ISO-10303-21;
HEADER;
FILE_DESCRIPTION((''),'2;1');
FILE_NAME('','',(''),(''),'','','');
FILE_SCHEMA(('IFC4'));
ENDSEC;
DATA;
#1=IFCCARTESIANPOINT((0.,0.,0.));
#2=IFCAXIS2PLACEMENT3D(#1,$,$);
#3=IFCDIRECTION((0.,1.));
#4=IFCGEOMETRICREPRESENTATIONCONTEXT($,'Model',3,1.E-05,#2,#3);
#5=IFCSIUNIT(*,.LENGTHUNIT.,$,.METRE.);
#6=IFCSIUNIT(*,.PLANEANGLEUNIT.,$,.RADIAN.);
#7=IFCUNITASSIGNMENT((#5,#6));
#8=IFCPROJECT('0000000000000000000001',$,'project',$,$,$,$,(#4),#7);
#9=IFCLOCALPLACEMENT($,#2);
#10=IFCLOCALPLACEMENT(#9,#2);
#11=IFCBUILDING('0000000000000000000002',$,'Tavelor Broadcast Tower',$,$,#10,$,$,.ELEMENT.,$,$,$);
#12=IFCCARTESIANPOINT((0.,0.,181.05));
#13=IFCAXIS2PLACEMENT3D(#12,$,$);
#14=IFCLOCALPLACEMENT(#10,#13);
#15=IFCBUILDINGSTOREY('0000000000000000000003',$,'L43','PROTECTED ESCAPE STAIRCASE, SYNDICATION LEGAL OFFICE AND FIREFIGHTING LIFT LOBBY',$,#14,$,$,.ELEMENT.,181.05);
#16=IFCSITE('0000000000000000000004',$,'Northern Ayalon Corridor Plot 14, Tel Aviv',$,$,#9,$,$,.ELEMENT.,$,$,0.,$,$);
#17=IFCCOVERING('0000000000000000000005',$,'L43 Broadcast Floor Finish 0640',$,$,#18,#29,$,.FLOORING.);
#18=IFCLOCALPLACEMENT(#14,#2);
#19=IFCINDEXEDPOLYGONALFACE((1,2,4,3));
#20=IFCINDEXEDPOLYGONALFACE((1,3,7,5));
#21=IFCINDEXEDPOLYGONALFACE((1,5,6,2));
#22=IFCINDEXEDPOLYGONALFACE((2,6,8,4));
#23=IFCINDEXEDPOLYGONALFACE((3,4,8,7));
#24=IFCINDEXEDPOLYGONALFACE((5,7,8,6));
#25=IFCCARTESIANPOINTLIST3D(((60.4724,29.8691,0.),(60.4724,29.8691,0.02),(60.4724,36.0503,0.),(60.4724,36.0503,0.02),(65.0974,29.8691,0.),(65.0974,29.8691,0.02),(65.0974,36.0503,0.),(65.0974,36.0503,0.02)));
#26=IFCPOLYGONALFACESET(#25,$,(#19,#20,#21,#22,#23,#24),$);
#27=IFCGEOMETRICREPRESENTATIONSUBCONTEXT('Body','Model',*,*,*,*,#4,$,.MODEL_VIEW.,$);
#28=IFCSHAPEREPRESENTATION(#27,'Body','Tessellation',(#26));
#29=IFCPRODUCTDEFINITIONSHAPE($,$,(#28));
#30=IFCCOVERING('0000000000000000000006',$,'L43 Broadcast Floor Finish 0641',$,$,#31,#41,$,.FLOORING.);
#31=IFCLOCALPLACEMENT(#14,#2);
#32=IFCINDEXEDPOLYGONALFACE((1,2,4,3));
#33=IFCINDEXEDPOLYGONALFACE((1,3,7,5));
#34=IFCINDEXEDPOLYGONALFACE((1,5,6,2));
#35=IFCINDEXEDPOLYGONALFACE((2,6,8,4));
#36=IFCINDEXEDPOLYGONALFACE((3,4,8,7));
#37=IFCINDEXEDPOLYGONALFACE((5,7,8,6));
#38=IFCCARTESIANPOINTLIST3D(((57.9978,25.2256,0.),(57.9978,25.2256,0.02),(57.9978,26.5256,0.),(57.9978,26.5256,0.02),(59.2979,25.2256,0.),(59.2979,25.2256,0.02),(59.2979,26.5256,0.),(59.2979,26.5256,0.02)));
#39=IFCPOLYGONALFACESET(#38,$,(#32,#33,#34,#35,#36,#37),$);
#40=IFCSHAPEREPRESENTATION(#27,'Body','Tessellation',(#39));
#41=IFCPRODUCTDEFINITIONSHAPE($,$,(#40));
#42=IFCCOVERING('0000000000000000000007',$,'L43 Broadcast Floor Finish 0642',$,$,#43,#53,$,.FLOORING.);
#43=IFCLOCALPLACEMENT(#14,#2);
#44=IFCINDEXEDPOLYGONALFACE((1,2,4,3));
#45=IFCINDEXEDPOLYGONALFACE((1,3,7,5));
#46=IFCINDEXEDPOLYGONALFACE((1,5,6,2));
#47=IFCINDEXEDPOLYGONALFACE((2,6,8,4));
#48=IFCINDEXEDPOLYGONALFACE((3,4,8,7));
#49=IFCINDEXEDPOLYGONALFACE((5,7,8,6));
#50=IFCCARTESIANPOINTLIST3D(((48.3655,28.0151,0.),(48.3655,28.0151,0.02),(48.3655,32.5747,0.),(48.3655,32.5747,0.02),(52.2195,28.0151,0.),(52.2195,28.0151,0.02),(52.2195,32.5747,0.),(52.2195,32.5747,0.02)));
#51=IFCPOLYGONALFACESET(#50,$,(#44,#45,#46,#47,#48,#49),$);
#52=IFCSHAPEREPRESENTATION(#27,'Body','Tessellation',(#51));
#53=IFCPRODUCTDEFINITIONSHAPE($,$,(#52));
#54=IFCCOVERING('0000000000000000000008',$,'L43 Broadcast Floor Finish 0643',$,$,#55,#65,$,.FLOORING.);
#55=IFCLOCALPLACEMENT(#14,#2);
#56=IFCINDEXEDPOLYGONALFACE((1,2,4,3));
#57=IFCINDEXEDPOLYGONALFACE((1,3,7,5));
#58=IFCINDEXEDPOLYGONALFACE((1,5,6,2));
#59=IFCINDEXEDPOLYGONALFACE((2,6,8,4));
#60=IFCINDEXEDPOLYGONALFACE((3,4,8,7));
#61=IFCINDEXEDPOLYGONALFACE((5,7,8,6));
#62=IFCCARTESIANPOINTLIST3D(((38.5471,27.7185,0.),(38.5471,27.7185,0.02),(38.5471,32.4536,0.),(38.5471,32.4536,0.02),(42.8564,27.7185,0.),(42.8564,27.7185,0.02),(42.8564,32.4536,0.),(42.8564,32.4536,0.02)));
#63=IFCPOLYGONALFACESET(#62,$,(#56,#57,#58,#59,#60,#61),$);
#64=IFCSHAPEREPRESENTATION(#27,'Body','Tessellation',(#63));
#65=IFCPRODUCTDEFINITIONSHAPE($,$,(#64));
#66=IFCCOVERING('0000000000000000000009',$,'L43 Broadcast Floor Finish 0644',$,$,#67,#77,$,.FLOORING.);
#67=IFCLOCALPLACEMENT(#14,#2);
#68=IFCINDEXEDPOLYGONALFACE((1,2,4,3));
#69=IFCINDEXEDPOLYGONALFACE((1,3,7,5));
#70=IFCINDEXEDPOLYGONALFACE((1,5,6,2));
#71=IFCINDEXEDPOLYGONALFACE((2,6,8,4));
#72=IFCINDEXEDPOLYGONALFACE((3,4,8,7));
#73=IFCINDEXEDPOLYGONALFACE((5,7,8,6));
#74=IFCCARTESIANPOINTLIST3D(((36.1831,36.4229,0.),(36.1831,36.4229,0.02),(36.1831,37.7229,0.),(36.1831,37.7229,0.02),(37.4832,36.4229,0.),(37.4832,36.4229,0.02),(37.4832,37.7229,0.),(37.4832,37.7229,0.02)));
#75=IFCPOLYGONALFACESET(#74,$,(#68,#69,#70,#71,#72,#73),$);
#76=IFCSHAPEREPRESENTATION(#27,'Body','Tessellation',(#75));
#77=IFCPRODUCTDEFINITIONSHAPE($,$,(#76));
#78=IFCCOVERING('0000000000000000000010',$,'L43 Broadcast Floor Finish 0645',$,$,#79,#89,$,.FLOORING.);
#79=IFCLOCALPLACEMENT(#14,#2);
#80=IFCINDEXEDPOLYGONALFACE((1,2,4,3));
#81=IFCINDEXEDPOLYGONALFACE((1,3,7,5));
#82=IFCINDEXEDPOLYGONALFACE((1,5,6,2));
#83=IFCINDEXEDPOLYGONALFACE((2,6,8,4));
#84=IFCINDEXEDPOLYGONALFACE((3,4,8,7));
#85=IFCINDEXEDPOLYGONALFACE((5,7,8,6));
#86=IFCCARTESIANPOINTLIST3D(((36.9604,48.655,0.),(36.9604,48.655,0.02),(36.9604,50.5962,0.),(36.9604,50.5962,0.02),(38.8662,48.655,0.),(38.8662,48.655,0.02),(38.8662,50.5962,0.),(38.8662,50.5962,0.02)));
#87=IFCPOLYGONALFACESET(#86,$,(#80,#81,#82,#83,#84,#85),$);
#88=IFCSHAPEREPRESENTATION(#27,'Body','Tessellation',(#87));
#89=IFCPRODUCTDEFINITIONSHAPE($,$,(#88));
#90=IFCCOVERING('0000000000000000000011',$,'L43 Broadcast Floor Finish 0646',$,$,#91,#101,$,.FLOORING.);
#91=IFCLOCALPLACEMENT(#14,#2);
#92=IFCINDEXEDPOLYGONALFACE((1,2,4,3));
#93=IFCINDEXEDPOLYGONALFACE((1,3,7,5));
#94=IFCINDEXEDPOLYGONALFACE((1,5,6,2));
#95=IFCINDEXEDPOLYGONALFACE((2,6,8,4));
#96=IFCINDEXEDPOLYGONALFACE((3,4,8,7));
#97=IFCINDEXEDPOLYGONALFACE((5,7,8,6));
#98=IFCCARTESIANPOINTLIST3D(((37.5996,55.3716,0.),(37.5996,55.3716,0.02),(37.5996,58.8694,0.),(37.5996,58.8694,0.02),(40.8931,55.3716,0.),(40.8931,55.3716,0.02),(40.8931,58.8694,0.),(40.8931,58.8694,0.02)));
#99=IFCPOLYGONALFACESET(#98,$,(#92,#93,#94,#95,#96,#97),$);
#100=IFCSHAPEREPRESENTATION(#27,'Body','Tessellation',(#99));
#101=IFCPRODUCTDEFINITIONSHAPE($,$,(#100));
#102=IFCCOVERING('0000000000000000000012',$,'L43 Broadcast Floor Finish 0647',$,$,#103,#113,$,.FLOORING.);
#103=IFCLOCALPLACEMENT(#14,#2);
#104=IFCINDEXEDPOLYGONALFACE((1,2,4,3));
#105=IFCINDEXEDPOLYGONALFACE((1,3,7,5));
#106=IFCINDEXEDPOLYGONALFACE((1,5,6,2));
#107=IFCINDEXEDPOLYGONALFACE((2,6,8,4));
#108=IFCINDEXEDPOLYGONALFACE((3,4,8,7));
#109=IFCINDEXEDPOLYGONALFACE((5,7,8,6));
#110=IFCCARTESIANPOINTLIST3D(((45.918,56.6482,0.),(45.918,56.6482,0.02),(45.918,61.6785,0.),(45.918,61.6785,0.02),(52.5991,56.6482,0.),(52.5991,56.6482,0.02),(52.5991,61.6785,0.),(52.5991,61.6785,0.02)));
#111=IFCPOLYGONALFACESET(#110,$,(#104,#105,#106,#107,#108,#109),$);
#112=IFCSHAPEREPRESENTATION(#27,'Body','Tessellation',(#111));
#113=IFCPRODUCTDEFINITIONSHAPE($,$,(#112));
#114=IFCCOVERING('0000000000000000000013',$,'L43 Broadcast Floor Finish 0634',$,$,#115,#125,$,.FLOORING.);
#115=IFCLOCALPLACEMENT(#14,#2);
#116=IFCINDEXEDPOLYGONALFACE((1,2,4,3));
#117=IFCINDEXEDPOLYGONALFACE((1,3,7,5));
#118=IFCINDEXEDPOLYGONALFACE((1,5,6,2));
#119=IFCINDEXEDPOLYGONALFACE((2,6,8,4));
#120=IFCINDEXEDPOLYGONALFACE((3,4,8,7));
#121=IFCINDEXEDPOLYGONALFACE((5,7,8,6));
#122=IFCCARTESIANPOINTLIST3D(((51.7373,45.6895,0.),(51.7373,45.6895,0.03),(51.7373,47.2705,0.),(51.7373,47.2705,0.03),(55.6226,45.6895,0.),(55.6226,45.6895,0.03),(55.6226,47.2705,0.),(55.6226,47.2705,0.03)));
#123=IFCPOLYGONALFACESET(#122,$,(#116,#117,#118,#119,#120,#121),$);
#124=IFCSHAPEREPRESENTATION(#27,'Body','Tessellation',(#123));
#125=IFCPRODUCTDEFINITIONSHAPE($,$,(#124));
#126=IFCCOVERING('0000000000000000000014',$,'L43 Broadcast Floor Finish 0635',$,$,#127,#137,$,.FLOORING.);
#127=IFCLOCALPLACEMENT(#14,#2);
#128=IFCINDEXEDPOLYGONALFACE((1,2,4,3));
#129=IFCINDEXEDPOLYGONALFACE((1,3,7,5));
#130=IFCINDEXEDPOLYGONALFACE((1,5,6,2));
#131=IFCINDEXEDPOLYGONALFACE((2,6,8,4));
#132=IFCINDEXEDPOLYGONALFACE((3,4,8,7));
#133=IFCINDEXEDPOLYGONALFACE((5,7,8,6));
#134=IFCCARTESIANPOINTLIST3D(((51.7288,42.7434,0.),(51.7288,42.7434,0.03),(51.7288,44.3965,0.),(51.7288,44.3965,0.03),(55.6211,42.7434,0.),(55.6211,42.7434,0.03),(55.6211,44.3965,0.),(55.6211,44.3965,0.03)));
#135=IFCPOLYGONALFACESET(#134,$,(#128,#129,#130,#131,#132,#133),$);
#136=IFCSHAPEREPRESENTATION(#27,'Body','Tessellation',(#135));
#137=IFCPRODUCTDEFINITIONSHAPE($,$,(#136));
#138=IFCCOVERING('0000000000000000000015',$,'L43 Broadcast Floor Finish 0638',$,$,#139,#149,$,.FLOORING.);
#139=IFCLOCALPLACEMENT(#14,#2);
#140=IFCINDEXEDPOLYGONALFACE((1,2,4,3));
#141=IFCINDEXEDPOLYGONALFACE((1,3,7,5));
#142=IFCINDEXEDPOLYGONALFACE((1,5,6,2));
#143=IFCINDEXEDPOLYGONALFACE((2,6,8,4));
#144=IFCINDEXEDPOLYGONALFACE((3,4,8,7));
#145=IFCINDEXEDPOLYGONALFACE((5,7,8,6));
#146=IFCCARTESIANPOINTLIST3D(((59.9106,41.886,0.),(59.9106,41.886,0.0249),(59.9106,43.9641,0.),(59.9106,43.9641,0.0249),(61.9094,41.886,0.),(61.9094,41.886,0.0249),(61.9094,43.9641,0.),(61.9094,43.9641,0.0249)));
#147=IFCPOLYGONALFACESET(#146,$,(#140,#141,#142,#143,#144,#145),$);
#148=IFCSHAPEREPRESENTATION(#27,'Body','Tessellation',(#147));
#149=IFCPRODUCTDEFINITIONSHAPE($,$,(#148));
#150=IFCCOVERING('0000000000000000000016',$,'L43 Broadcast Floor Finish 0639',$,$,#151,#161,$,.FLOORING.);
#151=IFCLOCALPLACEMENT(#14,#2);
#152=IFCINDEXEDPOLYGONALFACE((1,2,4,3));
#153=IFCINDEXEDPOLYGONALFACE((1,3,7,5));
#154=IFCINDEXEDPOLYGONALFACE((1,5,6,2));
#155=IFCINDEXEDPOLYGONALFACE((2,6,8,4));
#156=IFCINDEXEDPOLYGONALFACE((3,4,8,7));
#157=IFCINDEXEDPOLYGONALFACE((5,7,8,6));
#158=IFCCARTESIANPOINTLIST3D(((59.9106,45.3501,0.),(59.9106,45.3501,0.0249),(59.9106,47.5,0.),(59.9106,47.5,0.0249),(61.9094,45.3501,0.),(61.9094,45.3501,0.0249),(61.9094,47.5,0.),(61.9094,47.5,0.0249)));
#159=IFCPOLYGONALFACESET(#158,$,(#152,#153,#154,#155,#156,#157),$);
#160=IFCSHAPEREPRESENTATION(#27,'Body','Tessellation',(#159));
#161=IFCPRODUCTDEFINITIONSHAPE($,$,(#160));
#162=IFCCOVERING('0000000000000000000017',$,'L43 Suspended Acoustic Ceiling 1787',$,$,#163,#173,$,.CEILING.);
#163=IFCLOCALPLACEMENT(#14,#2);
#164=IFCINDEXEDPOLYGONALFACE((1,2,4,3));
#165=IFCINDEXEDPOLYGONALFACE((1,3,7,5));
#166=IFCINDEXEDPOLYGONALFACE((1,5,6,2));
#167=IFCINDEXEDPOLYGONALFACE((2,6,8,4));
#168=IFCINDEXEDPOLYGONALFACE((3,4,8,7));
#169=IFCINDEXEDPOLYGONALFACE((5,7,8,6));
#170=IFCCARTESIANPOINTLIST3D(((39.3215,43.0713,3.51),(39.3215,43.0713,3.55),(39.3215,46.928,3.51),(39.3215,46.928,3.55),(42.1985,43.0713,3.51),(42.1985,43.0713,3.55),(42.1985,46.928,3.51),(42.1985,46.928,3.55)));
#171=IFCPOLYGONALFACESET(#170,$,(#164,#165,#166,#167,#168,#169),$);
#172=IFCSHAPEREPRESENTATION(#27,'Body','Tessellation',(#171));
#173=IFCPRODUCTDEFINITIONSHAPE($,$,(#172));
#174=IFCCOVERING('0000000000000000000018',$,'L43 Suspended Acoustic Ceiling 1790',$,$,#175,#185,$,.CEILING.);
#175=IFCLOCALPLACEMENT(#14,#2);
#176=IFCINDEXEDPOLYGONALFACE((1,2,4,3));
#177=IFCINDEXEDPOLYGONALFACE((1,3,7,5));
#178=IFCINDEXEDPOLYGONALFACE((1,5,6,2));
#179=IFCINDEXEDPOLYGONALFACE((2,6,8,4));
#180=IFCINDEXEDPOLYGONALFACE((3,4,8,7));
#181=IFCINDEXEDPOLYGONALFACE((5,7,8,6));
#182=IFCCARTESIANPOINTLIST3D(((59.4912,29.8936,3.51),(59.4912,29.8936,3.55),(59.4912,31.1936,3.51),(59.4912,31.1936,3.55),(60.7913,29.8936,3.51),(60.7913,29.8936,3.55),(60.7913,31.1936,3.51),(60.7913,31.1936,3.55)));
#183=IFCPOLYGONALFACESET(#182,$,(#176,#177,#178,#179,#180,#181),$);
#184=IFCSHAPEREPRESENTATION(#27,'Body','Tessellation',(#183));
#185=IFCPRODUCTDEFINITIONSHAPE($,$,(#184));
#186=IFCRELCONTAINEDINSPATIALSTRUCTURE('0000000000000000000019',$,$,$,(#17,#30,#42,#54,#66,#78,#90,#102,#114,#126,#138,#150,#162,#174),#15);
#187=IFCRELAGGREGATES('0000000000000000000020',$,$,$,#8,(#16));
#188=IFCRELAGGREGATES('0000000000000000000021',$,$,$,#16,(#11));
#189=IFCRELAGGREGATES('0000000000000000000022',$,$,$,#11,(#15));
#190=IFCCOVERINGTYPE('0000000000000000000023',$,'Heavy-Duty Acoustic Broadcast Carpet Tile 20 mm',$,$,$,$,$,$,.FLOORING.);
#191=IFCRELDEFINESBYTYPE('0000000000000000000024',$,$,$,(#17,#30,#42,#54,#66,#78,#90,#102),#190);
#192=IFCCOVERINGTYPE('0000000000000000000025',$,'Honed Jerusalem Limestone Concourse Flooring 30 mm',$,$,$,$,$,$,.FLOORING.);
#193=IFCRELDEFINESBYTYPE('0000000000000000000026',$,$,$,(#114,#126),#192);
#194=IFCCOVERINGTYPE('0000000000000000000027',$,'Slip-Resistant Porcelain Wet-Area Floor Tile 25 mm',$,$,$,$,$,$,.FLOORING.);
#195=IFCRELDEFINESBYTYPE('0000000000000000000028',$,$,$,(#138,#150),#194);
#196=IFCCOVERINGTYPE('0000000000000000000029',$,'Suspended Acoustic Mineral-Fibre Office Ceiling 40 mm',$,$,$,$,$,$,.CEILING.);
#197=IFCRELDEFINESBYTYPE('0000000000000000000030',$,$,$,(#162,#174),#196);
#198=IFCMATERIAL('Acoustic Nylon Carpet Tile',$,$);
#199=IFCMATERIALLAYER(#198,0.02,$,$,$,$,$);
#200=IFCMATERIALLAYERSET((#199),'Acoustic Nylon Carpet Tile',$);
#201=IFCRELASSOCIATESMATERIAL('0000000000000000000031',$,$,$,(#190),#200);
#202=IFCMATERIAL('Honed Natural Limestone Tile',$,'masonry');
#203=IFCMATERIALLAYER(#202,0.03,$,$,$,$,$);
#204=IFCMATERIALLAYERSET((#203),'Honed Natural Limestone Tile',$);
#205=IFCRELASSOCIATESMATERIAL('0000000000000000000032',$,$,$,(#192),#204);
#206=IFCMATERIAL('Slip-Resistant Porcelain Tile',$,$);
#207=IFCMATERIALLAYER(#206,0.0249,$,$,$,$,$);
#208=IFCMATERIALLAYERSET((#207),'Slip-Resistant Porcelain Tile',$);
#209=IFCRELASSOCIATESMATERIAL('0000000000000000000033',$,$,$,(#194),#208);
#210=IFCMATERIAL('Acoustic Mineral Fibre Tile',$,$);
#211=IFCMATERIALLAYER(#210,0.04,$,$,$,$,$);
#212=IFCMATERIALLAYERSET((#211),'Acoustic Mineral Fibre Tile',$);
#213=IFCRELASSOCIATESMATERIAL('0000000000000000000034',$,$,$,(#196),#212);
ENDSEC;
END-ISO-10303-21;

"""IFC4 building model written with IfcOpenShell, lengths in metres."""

from ifc_helpers import new_model, si_unit, direction, frame, origin, place, context, subcontext, project, spatial, polyline, outline, extrude, material, layer, layer_set, type_object, element, save


model = new_model("IFC4")

# Units and contexts
model_context = context("Model", 3, precision=1e-05, world=origin(), true_north=direction((0.0, 1.0)))
body_context = subcontext(model_context, "Body", "Model", "MODEL_VIEW")
ifc_project = project(units=[si_unit("LENGTHUNIT", "METRE"), si_unit("PLANEANGLEUNIT", "RADIAN")], contexts=[model_context])

# Site, building, storey
site_placement = place(None, origin())
site = spatial("IfcSite", under=ifc_project, at=site_placement, Name="Northern Ayalon Corridor Plot 14, Tel Aviv", CompositionType="ELEMENT", RefElevation=0.0)
building_placement = place(site_placement, origin())
building = spatial("IfcBuilding", under=site, at=building_placement, Name="Tavelor Broadcast Tower", CompositionType="ELEMENT")
storey_placement = place(building_placement, frame((0.0, 0.0, 181.05)))
storey = spatial("IfcBuildingStorey", under=building, at=storey_placement, Name="L43", Description="PROTECTED ESCAPE STAIRCASE, SYNDICATION LEGAL OFFICE AND FIREFIGHTING LIFT LOBBY", CompositionType="ELEMENT", Elevation=181.05)

# Coverings
ifc_material_1 = material(Name="Acoustic Nylon Carpet Tile")
ifc_layer_1 = layer(ifc_material_1, 0.02)
ifc_layer_set_1 = layer_set([ifc_layer_1], Name="Acoustic Nylon Carpet Tile")
covering_type_1 = type_object("IfcCoveringType", Name="Heavy-Duty Acoustic Broadcast Carpet Tile 20 mm", PredefinedType="FLOORING", material=ifc_layer_set_1)
covering_1_placement = place(storey_placement, origin())
element("IfcCovering", 1, at=covering_1_placement, inside=storey, type_object=covering_type_1, Name="L43 Broadcast Floor Finish 0640", PredefinedType="FLOORING", context=body_context, shape_type="SweptSolid", body=[
    extrude(outline(polyline([(60.4724, 29.8691), (65.0974, 29.8691), (65.0974, 36.0503), (60.4724, 36.0503), (60.4724, 29.8691)])), origin(), (0.0, 0.0, 1.0), 0.02),
])
covering_2_placement = place(storey_placement, origin())
element("IfcCovering", 2, at=covering_2_placement, inside=storey, type_object=covering_type_1, Name="L43 Broadcast Floor Finish 0641", PredefinedType="FLOORING", context=body_context, shape_type="SweptSolid", body=[
    extrude(outline(polyline([(57.9978, 25.2256), (59.2979, 25.2256), (59.2979, 26.5256), (57.9978, 26.5256), (57.9978, 25.2256)])), origin(), (0.0, 0.0, 1.0), 0.02),
])
covering_3_placement = place(storey_placement, origin())
element("IfcCovering", 3, at=covering_3_placement, inside=storey, type_object=covering_type_1, Name="L43 Broadcast Floor Finish 0642", PredefinedType="FLOORING", context=body_context, shape_type="SweptSolid", body=[
    extrude(outline(polyline([(48.3655, 28.0151), (52.2195, 28.0151), (52.2195, 32.5747), (48.3655, 32.5747), (48.3655, 28.0151)])), origin(), (0.0, 0.0, 1.0), 0.02),
])
covering_4_placement = place(storey_placement, origin())
element("IfcCovering", 4, at=covering_4_placement, inside=storey, type_object=covering_type_1, Name="L43 Broadcast Floor Finish 0643", PredefinedType="FLOORING", context=body_context, shape_type="SweptSolid", body=[
    extrude(outline(polyline([(38.5471, 27.7185), (42.8564, 27.7185), (42.8564, 32.4536), (38.5471, 32.4536), (38.5471, 27.7185)])), origin(), (0.0, 0.0, 1.0), 0.02),
])
covering_5_placement = place(storey_placement, origin())
element("IfcCovering", 5, at=covering_5_placement, inside=storey, type_object=covering_type_1, Name="L43 Broadcast Floor Finish 0644", PredefinedType="FLOORING", context=body_context, shape_type="SweptSolid", body=[
    extrude(outline(polyline([(36.1831, 36.4229), (37.4832, 36.4229), (37.4832, 37.7229), (36.1831, 37.7229), (36.1831, 36.4229)])), origin(), (0.0, 0.0, 1.0), 0.02),
])
covering_6_placement = place(storey_placement, origin())
element("IfcCovering", 6, at=covering_6_placement, inside=storey, type_object=covering_type_1, Name="L43 Broadcast Floor Finish 0645", PredefinedType="FLOORING", context=body_context, shape_type="SweptSolid", body=[
    extrude(outline(polyline([(36.9604, 48.655), (38.8662, 48.655), (38.8662, 50.5962), (36.9604, 50.5962), (36.9604, 48.655)])), origin(), (0.0, 0.0, 1.0), 0.02),
])
covering_7_placement = place(storey_placement, origin())
element("IfcCovering", 7, at=covering_7_placement, inside=storey, type_object=covering_type_1, Name="L43 Broadcast Floor Finish 0646", PredefinedType="FLOORING", context=body_context, shape_type="SweptSolid", body=[
    extrude(outline(polyline([(37.5996, 55.3716), (40.8931, 55.3716), (40.8931, 58.8694), (37.5996, 58.8694), (37.5996, 55.3716)])), origin(), (0.0, 0.0, 1.0), 0.02),
])
covering_8_placement = place(storey_placement, origin())
element("IfcCovering", 8, at=covering_8_placement, inside=storey, type_object=covering_type_1, Name="L43 Broadcast Floor Finish 0647", PredefinedType="FLOORING", context=body_context, shape_type="SweptSolid", body=[
    extrude(outline(polyline([(45.918, 56.6482), (52.5991, 56.6482), (52.5991, 61.6785), (45.918, 61.6785), (45.918, 56.6482)])), origin(), (0.0, 0.0, 1.0), 0.02),
])
ifc_material_2 = material(Name="Honed Natural Limestone Tile", Category="masonry")
ifc_layer_2 = layer(ifc_material_2, 0.03)
ifc_layer_set_2 = layer_set([ifc_layer_2], Name="Honed Natural Limestone Tile")
covering_type_2 = type_object("IfcCoveringType", Name="Honed Jerusalem Limestone Concourse Flooring 30 mm", PredefinedType="FLOORING", material=ifc_layer_set_2)
covering_9_placement = place(storey_placement, origin())
element("IfcCovering", 9, at=covering_9_placement, inside=storey, type_object=covering_type_2, Name="L43 Broadcast Floor Finish 0634", PredefinedType="FLOORING", context=body_context, shape_type="SweptSolid", body=[
    extrude(outline(polyline([(51.7373, 45.6895), (55.6226, 45.6895), (55.6226, 47.2705), (51.7373, 47.2705), (51.7373, 45.6895)])), origin(), (0.0, 0.0, 1.0), 0.03),
])
covering_10_placement = place(storey_placement, origin())
element("IfcCovering", 10, at=covering_10_placement, inside=storey, type_object=covering_type_2, Name="L43 Broadcast Floor Finish 0635", PredefinedType="FLOORING", context=body_context, shape_type="SweptSolid", body=[
    extrude(outline(polyline([(51.7288, 42.7434), (55.6211, 42.7434), (55.6211, 44.3965), (51.7288, 44.3965), (51.7288, 42.7434)])), origin(), (0.0, 0.0, 1.0), 0.03),
])
ifc_material_3 = material(Name="Slip-Resistant Porcelain Tile")
ifc_layer_3 = layer(ifc_material_3, 0.0249)
ifc_layer_set_3 = layer_set([ifc_layer_3], Name="Slip-Resistant Porcelain Tile")
covering_type_3 = type_object("IfcCoveringType", Name="Slip-Resistant Porcelain Wet-Area Floor Tile 25 mm", PredefinedType="FLOORING", material=ifc_layer_set_3)
covering_11_placement = place(storey_placement, origin())
element("IfcCovering", 11, at=covering_11_placement, inside=storey, type_object=covering_type_3, Name="L43 Broadcast Floor Finish 0638", PredefinedType="FLOORING", context=body_context, shape_type="SweptSolid", body=[
    extrude(outline(polyline([(59.9106, 41.886), (61.9094, 41.886), (61.9094, 43.9641), (59.9106, 43.9641), (59.9106, 41.886)])), origin(), (0.0, 0.0, 1.0), 0.0249),
])
covering_12_placement = place(storey_placement, origin())
element("IfcCovering", 12, at=covering_12_placement, inside=storey, type_object=covering_type_3, Name="L43 Broadcast Floor Finish 0639", PredefinedType="FLOORING", context=body_context, shape_type="SweptSolid", body=[
    extrude(outline(polyline([(59.9106, 45.3501), (61.9094, 45.3501), (61.9094, 47.5), (59.9106, 47.5), (59.9106, 45.3501)])), origin(), (0.0, 0.0, 1.0), 0.0249),
])
ifc_material_4 = material(Name="Acoustic Mineral Fibre Tile")
ifc_layer_4 = layer(ifc_material_4, 0.04)
ifc_layer_set_4 = layer_set([ifc_layer_4], Name="Acoustic Mineral Fibre Tile")
covering_type_4 = type_object("IfcCoveringType", Name="Suspended Acoustic Mineral-Fibre Office Ceiling 40 mm", PredefinedType="CEILING", material=ifc_layer_set_4)
covering_13_placement = place(storey_placement, frame((0.0, 0.0, 3.51)))
element("IfcCovering", 13, at=covering_13_placement, inside=storey, type_object=covering_type_4, Name="L43 Suspended Acoustic Ceiling 1787", PredefinedType="CEILING", context=body_context, shape_type="SweptSolid", body=[
    extrude(outline(polyline([(39.3215, 43.0713), (42.1985, 43.0713), (42.1985, 46.928), (39.3215, 46.928), (39.3215, 43.0713)])), origin(), (0.0, 0.0, 1.0), 0.04),
])
covering_14_placement = place(storey_placement, frame((0.0, 0.0, 3.51)))
element("IfcCovering", 14, at=covering_14_placement, inside=storey, type_object=covering_type_4, Name="L43 Suspended Acoustic Ceiling 1790", PredefinedType="CEILING", context=body_context, shape_type="SweptSolid", body=[
    extrude(outline(polyline([(59.4912, 29.8936), (60.7913, 29.8936), (60.7913, 31.1936), (59.4912, 31.1936), (59.4912, 29.8936)])), origin(), (0.0, 0.0, 1.0), 0.04),
])

save(model, "model.ifc")
